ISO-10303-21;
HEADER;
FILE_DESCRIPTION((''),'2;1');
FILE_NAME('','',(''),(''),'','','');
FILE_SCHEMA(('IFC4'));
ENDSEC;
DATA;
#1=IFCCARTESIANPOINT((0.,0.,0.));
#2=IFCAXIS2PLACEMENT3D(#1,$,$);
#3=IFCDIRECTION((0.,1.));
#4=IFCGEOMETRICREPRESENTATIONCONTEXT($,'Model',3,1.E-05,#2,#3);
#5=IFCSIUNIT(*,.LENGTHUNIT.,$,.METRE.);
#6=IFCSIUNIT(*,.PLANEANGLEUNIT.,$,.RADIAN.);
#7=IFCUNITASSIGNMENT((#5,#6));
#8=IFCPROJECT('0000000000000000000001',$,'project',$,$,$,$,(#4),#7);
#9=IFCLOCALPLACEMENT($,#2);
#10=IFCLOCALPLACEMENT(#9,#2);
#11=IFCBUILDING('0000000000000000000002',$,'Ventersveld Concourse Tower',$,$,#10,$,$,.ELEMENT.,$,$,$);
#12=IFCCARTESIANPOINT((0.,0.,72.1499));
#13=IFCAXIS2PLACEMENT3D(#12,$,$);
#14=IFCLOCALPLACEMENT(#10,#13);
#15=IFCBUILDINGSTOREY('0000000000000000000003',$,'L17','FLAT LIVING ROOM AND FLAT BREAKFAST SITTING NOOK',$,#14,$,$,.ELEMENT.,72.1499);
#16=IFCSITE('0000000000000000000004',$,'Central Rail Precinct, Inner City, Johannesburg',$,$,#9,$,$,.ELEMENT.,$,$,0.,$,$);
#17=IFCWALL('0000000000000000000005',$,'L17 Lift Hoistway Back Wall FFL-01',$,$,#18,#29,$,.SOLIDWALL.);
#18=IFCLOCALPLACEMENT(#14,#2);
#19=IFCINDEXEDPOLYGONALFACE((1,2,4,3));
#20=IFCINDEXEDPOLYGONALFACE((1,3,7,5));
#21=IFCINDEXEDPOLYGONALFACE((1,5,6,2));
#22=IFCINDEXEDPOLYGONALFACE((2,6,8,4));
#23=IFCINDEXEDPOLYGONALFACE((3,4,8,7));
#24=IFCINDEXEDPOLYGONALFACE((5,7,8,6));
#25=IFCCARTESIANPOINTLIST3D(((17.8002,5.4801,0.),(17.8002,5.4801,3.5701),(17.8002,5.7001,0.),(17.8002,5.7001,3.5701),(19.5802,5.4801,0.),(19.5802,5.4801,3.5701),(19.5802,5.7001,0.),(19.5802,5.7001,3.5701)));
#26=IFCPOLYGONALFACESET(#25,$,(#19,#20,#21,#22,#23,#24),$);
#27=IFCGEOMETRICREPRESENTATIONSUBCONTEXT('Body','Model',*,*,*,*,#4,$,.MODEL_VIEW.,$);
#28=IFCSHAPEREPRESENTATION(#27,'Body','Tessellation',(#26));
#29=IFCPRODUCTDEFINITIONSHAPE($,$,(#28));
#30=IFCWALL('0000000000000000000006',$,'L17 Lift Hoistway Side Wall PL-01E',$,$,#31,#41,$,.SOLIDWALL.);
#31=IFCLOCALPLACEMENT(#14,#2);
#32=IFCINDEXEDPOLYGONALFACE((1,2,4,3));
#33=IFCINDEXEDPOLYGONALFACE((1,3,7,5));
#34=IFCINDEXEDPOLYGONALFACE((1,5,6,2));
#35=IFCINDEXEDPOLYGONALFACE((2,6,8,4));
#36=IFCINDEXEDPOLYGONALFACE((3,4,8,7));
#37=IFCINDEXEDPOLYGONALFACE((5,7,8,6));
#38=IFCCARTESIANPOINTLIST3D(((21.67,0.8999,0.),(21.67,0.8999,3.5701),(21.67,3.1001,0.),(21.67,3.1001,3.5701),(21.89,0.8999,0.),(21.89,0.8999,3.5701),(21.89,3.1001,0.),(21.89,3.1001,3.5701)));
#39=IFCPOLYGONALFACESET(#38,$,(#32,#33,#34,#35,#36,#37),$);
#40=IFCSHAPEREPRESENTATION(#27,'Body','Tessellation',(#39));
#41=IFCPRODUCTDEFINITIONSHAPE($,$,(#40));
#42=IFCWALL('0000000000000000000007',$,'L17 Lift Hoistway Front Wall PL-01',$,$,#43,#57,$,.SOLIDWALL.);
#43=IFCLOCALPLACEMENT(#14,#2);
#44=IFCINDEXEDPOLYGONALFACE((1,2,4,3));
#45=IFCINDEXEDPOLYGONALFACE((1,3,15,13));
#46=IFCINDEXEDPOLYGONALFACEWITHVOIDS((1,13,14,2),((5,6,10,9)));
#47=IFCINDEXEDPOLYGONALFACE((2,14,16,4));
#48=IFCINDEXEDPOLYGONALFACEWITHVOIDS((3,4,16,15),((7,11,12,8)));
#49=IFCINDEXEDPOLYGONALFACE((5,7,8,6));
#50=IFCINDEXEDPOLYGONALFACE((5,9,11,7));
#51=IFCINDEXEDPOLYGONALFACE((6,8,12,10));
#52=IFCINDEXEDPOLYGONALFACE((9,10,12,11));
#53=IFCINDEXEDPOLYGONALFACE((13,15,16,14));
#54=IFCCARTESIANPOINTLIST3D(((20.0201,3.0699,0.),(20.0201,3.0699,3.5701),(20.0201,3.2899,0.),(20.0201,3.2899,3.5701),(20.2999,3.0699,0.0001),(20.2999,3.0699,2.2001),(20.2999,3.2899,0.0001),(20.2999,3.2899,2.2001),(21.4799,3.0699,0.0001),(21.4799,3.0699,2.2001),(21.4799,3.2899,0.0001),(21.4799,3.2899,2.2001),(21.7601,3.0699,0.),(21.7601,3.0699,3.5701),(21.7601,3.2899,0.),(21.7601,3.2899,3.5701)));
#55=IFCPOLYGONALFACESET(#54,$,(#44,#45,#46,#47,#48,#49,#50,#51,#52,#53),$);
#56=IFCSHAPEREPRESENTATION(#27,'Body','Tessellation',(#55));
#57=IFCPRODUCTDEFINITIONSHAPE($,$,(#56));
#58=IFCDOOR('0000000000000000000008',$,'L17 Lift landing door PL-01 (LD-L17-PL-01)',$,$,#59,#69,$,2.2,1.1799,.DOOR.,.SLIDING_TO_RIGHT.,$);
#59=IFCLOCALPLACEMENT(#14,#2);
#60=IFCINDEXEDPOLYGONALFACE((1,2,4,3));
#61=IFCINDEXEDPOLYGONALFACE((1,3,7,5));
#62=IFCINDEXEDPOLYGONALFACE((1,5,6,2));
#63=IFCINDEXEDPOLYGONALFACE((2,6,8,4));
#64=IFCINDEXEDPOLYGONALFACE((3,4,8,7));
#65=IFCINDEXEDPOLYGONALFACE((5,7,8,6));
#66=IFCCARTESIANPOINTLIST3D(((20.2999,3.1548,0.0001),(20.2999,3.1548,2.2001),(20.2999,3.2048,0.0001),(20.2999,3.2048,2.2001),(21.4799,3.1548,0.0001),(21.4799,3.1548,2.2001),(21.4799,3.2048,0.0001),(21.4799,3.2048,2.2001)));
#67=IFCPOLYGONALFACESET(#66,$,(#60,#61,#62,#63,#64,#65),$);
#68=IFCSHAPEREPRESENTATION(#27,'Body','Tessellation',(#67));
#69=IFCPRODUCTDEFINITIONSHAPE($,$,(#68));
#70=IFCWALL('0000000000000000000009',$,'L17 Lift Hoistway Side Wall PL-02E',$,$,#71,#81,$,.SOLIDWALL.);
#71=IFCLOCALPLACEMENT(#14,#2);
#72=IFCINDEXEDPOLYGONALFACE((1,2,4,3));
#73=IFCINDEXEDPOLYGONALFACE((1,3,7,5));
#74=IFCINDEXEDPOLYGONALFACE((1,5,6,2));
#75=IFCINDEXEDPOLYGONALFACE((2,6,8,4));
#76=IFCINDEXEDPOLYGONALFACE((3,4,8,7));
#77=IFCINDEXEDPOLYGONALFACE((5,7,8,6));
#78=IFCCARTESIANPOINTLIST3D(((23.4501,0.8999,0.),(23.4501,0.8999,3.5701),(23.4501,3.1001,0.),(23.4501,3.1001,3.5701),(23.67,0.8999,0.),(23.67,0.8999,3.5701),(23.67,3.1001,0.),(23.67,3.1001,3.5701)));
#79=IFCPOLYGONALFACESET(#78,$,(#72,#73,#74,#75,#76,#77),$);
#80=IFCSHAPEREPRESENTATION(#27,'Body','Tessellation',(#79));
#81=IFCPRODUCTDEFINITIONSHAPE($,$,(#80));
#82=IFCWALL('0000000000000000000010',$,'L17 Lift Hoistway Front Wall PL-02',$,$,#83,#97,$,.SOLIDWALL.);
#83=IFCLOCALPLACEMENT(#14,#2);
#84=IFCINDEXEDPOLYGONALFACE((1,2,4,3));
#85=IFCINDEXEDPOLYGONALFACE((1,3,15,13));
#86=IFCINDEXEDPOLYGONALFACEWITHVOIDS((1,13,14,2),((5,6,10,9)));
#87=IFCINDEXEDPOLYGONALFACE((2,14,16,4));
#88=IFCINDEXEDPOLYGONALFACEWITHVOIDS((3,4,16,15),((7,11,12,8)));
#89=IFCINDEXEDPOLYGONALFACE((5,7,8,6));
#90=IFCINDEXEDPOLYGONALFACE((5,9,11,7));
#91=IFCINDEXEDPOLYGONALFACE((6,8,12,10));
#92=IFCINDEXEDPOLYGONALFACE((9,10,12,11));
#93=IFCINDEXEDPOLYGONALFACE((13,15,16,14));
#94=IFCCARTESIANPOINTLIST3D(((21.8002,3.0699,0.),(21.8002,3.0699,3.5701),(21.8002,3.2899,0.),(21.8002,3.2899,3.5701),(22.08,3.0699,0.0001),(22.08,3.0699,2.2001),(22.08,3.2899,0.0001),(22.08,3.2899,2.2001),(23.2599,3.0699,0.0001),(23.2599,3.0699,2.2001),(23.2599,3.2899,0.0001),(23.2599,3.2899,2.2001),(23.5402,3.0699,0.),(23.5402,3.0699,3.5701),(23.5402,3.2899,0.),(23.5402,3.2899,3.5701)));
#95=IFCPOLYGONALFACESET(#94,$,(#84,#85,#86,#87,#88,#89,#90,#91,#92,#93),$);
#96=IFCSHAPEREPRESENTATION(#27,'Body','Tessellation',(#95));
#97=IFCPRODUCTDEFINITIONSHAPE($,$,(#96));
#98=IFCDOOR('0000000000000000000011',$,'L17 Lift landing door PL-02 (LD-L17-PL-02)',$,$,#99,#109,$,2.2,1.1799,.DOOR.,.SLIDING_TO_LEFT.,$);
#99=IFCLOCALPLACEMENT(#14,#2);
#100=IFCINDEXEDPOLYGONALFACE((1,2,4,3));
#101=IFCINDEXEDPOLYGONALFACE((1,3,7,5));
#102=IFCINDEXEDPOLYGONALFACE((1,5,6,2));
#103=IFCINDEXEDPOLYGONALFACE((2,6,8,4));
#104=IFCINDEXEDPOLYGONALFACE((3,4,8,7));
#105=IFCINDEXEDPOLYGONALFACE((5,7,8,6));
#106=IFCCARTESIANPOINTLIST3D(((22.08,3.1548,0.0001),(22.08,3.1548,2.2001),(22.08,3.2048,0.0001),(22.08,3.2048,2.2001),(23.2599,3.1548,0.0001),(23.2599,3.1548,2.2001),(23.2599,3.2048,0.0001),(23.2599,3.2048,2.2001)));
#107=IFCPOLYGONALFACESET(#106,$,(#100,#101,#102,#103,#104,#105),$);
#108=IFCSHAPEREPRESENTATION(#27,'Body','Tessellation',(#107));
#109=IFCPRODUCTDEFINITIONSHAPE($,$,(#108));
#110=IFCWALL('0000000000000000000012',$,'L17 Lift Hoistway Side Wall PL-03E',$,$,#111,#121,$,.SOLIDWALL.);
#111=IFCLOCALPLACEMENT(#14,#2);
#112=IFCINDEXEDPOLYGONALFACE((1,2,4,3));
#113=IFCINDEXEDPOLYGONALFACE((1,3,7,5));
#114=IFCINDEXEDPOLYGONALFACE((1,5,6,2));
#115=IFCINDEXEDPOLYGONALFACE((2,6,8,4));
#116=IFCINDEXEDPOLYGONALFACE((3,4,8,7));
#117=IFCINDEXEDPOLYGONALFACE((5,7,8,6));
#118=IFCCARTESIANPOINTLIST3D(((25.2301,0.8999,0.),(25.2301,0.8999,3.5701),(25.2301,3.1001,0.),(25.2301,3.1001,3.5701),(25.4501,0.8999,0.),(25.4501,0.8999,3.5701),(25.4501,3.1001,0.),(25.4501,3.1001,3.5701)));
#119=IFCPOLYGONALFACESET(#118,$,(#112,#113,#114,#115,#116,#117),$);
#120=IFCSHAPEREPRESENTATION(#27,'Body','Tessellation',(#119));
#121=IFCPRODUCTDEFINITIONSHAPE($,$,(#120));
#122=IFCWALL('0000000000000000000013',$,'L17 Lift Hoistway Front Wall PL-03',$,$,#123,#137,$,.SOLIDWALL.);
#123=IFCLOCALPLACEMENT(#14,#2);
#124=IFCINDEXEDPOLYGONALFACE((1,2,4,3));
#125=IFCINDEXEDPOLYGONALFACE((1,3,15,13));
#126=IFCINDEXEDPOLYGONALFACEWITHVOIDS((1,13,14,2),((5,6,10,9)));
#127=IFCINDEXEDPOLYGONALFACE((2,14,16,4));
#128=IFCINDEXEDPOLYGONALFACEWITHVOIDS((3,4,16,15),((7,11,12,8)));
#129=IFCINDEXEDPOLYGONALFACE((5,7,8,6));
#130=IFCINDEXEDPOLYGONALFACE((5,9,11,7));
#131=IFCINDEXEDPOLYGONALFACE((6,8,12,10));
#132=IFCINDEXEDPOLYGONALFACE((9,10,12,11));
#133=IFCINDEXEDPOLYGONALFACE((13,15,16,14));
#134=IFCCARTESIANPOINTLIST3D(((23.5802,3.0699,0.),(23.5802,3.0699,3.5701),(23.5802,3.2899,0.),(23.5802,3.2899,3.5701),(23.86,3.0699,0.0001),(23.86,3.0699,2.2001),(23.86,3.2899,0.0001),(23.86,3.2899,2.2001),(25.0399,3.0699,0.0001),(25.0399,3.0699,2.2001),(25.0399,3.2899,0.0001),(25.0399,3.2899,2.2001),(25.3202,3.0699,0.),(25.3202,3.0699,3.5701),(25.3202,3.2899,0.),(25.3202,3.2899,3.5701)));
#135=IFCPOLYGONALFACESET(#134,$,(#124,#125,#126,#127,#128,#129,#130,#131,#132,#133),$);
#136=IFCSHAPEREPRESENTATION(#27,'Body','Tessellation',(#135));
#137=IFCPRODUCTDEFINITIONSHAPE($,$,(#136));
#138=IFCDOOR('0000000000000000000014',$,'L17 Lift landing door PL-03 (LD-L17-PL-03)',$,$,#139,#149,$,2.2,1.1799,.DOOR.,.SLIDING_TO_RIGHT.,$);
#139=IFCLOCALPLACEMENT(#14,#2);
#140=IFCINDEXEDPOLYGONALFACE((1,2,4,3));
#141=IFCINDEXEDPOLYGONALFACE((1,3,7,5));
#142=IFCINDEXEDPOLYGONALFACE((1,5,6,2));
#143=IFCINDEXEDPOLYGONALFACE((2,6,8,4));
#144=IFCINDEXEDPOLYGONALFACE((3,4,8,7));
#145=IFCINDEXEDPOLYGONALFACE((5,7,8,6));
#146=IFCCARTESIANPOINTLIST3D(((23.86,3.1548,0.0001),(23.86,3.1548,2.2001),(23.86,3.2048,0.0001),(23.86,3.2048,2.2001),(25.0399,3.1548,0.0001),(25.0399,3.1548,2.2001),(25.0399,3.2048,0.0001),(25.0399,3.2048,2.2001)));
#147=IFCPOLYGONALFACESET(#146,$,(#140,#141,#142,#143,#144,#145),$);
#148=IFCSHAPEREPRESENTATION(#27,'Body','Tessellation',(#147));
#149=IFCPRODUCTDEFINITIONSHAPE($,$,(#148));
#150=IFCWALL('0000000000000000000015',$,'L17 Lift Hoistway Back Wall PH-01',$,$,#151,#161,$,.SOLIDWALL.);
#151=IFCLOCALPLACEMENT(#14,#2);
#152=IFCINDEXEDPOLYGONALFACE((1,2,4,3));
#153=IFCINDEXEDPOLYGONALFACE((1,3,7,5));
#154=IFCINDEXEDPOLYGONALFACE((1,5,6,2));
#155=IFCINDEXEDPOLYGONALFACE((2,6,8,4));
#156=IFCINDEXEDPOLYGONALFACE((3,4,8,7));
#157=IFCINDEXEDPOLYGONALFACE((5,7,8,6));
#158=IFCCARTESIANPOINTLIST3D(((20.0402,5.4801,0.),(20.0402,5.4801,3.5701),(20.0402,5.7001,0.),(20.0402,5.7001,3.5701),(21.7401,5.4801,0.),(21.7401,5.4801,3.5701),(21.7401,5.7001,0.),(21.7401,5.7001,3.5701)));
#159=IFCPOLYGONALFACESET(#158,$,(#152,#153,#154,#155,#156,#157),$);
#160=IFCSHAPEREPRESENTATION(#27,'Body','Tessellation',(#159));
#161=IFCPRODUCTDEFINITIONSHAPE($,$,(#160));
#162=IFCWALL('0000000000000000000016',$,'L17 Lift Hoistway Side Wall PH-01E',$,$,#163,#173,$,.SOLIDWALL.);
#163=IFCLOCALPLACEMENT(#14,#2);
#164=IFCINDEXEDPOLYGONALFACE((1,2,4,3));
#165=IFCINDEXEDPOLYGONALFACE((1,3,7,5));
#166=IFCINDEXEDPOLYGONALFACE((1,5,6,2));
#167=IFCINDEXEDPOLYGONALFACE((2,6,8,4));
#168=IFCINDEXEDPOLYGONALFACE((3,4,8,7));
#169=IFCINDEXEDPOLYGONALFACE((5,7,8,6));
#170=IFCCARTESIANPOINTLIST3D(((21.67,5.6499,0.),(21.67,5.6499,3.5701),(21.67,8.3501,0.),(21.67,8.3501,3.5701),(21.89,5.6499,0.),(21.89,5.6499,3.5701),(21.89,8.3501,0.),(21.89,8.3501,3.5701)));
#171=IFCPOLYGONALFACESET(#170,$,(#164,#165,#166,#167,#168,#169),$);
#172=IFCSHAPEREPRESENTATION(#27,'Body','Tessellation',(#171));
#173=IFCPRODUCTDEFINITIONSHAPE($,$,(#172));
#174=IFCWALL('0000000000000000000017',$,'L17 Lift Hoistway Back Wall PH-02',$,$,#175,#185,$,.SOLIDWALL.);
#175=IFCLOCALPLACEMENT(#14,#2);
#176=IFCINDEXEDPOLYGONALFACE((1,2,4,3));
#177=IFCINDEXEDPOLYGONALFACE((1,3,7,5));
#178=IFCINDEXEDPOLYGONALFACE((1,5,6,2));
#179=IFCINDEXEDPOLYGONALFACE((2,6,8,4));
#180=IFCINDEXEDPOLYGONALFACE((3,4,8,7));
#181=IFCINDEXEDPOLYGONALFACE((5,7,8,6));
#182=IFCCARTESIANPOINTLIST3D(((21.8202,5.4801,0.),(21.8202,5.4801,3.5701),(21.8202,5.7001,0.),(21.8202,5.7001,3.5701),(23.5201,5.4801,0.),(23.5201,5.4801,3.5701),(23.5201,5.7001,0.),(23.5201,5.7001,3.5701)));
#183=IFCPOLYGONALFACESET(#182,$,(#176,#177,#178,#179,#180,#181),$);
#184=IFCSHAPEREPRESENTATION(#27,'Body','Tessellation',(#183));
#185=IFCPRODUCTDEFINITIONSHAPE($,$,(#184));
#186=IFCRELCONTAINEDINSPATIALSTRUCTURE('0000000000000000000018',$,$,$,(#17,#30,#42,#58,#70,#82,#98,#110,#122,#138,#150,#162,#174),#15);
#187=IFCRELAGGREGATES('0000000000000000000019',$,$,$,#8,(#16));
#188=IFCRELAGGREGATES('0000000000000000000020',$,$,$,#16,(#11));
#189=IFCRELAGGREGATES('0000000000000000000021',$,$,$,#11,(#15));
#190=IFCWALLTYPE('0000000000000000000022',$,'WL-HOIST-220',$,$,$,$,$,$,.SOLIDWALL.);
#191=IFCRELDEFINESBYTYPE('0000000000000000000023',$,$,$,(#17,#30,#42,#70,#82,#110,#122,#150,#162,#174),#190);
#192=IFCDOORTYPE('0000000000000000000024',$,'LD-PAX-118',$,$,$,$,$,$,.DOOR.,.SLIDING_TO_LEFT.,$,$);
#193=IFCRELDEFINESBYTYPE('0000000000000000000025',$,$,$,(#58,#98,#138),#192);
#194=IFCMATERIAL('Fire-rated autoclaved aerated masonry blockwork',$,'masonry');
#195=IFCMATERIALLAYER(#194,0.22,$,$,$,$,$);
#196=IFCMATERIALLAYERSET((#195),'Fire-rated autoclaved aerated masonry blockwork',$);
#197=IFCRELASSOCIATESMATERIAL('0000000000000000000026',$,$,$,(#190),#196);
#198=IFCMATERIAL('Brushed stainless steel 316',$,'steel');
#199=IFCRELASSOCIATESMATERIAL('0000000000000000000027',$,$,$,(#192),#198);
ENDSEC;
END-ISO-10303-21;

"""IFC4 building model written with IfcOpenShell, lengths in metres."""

from ifc_helpers import new_model, si_unit, direction, frame, frame_2d, origin, place, context, subcontext, project, spatial, rectangle, extrude, material, layer, layer_set, type_object, element, fill, save


model = new_model("IFC4")

# Units and contexts
model_context = context("Model", 3, precision=1e-05, world=origin(), true_north=direction((0.0, 1.0)))
body_context = subcontext(model_context, "Body", "Model", "MODEL_VIEW")
ifc_project = project(units=[si_unit("LENGTHUNIT", "METRE"), si_unit("PLANEANGLEUNIT", "RADIAN")], contexts=[model_context])

# Site, building, storey
site_placement = place(None, origin())
site = spatial("IfcSite", under=ifc_project, at=site_placement, Name="Central Rail Precinct, Inner City, Johannesburg", CompositionType="ELEMENT", RefElevation=0.0)
building_placement = place(site_placement, origin())
building = spatial("IfcBuilding", under=site, at=building_placement, Name="Ventersveld Concourse Tower", CompositionType="ELEMENT")
storey_placement = place(building_placement, frame((0.0, 0.0, 72.1499)))
storey = spatial("IfcBuildingStorey", under=building, at=storey_placement, Name="L17", Description="FLAT LIVING ROOM AND FLAT BREAKFAST SITTING NOOK", CompositionType="ELEMENT", Elevation=72.1499)

# Walls
ifc_material_1 = material(Name="Fire-rated autoclaved aerated masonry blockwork", Category="masonry")
ifc_layer_1 = layer(ifc_material_1, 0.22)
ifc_layer_set_1 = layer_set([ifc_layer_1], Name="Fire-rated autoclaved aerated masonry blockwork")
wall_type_1 = type_object("IfcWallType", Name="WL-HOIST-220", PredefinedType="SOLIDWALL", material=ifc_layer_set_1)
wall_1_placement = place(storey_placement, frame((17.8, 5.5901, 0.0), z_axis=(0.0, 0.0, 1.0), x_axis=(1.0, 0.0, 0.0)))
element("IfcWall", 1, at=wall_1_placement, inside=storey, type_object=wall_type_1, Name="L17 Lift Hoistway Back Wall FFL-01", PredefinedType="SOLIDWALL", context=body_context, shape_type="SweptSolid", body=[
    extrude(rectangle(XDim=1.78, YDim=0.22, at=frame_2d((0.8901, 0.0))), origin(), (0.0, 0.0, 1.0), 3.5701),
])
wall_2_placement = place(storey_placement, frame((21.78, 0.8999, 0.0), z_axis=(0.0, 0.0, 1.0), x_axis=(0.0, 1.0, 0.0)))
element("IfcWall", 2, at=wall_2_placement, inside=storey, type_object=wall_type_1, Name="L17 Lift Hoistway Side Wall PL-01E", PredefinedType="SOLIDWALL", context=body_context, shape_type="SweptSolid", body=[
    extrude(rectangle(XDim=2.2002, YDim=0.22, at=frame_2d((1.1001, 0.0))), origin(), (0.0, 0.0, 1.0), 3.5701),
])

# Wall, opening, door
wall_3_placement = place(storey_placement, frame((20.02, 3.1799, 0.0), z_axis=(0.0, 0.0, 1.0), x_axis=(1.0, 0.0, 0.0)))
wall_3 = element("IfcWall", 3, at=wall_3_placement, inside=storey, type_object=wall_type_1, Name="L17 Lift Hoistway Front Wall PL-01", PredefinedType="SOLIDWALL", context=body_context, shape_type="SweptSolid", body=[
    extrude(rectangle(XDim=1.74, YDim=0.22, at=frame_2d((0.8701, 0.0))), origin(), (0.0, 0.0, 1.0), 3.5701),
])
opening_1_placement = place(wall_3_placement, frame((0.28, 0.0, 0.0)))
opening_1 = element("IfcOpeningElement", 4, at=opening_1_placement, cuts=wall_3, PredefinedType="OPENING", context=body_context, shape_type="SweptSolid", body=[
    extrude(rectangle(XDim=1.1799, YDim=2.2, at=frame_2d((0.5898, 1.1001))), frame((0.0, 0.1201, 0.0), z_axis=(0.0, -1.0, 0.0), x_axis=(1.0, 0.0, 0.0)), (0.0, 0.0, 1.0), 0.24),
])
ifc_material_2 = material(Name="Brushed stainless steel 316", Category="steel")
door_type = type_object("IfcDoorType", Name="LD-PAX-118", OperationType="SLIDING_TO_LEFT", PredefinedType="DOOR", material=ifc_material_2)
door_1_placement = place(opening_1_placement, origin())
door_1 = element("IfcDoor", 5, at=door_1_placement, inside=storey, type_object=door_type, Name="L17 Lift landing door PL-01 (LD-L17-PL-01)", OperationType="SLIDING_TO_RIGHT", OverallHeight=2.2, OverallWidth=1.1799, PredefinedType="DOOR", context=body_context, shape_type="SweptSolid", body=[
    extrude(rectangle(XDim=1.1799, YDim=2.2, at=frame_2d((0.5898, 1.1001))), frame((0.0, 0.0249, 0.0), z_axis=(0.0, -1.0, 0.0), x_axis=(1.0, 0.0, 0.0)), (0.0, 0.0, 1.0), 0.05),
])
fill(opening_1, door_1)

# Wall
wall_4_placement = place(storey_placement, frame((23.5601, 0.8999, 0.0), z_axis=(0.0, 0.0, 1.0), x_axis=(0.0, 1.0, 0.0)))
element("IfcWall", 6, at=wall_4_placement, inside=storey, type_object=wall_type_1, Name="L17 Lift Hoistway Side Wall PL-02E", PredefinedType="SOLIDWALL", context=body_context, shape_type="SweptSolid", body=[
    extrude(rectangle(XDim=2.2002, YDim=0.22, at=frame_2d((1.1001, 0.0))), origin(), (0.0, 0.0, 1.0), 3.5701),
])

# Wall, opening, door
wall_5_placement = place(storey_placement, frame((21.8, 3.1799, 0.0), z_axis=(0.0, 0.0, 1.0), x_axis=(1.0, 0.0, 0.0)))
wall_5 = element("IfcWall", 7, at=wall_5_placement, inside=storey, type_object=wall_type_1, Name="L17 Lift Hoistway Front Wall PL-02", PredefinedType="SOLIDWALL", context=body_context, shape_type="SweptSolid", body=[
    extrude(rectangle(XDim=1.74, YDim=0.22, at=frame_2d((0.8701, 0.0))), origin(), (0.0, 0.0, 1.0), 3.5701),
])
opening_2_placement = place(wall_5_placement, frame((0.28, 0.0, 0.0)))
opening_2 = element("IfcOpeningElement", 8, at=opening_2_placement, cuts=wall_5, PredefinedType="OPENING", context=body_context, shape_type="SweptSolid", body=[
    extrude(rectangle(XDim=1.1799, YDim=2.2, at=frame_2d((0.5898, 1.1001))), frame((0.0, 0.1201, 0.0), z_axis=(0.0, -1.0, 0.0), x_axis=(1.0, 0.0, 0.0)), (0.0, 0.0, 1.0), 0.24),
])
door_2_placement = place(opening_2_placement, origin())
door_2 = element("IfcDoor", 9, at=door_2_placement, inside=storey, type_object=door_type, Name="L17 Lift landing door PL-02 (LD-L17-PL-02)", OperationType="SLIDING_TO_LEFT", OverallHeight=2.2, OverallWidth=1.1799, PredefinedType="DOOR", context=body_context, shape_type="SweptSolid", body=[
    extrude(rectangle(XDim=1.1799, YDim=2.2, at=frame_2d((0.5898, 1.1001))), frame((0.0, 0.0249, 0.0), z_axis=(0.0, -1.0, 0.0), x_axis=(1.0, 0.0, 0.0)), (0.0, 0.0, 1.0), 0.05),
])
fill(opening_2, door_2)

# Wall
wall_6_placement = place(storey_placement, frame((25.3401, 0.8999, 0.0), z_axis=(0.0, 0.0, 1.0), x_axis=(0.0, 1.0, 0.0)))
element("IfcWall", 10, at=wall_6_placement, inside=storey, type_object=wall_type_1, Name="L17 Lift Hoistway Side Wall PL-03E", PredefinedType="SOLIDWALL", context=body_context, shape_type="SweptSolid", body=[
    extrude(rectangle(XDim=2.2002, YDim=0.22, at=frame_2d((1.1001, 0.0))), origin(), (0.0, 0.0, 1.0), 3.5701),
])

# Wall, opening, door
wall_7_placement = place(storey_placement, frame((23.5801, 3.1799, 0.0), z_axis=(0.0, 0.0, 1.0), x_axis=(1.0, 0.0, 0.0)))
wall_7 = element("IfcWall", 11, at=wall_7_placement, inside=storey, type_object=wall_type_1, Name="L17 Lift Hoistway Front Wall PL-03", PredefinedType="SOLIDWALL", context=body_context, shape_type="SweptSolid", body=[
    extrude(rectangle(XDim=1.74, YDim=0.22, at=frame_2d((0.8701, 0.0))), origin(), (0.0, 0.0, 1.0), 3.5701),
])
opening_3_placement = place(wall_7_placement, frame((0.28, 0.0, 0.0)))
opening_3 = element("IfcOpeningElement", 12, at=opening_3_placement, cuts=wall_7, PredefinedType="OPENING", context=body_context, shape_type="SweptSolid", body=[
    extrude(rectangle(XDim=1.1799, YDim=2.2, at=frame_2d((0.5898, 1.1001))), frame((0.0, 0.1201, 0.0), z_axis=(0.0, -1.0, 0.0), x_axis=(1.0, 0.0, 0.0)), (0.0, 0.0, 1.0), 0.24),
])
door_3_placement = place(opening_3_placement, origin())
door_3 = element("IfcDoor", 13, at=door_3_placement, inside=storey, type_object=door_type, Name="L17 Lift landing door PL-03 (LD-L17-PL-03)", OperationType="SLIDING_TO_RIGHT", OverallHeight=2.2, OverallWidth=1.1799, PredefinedType="DOOR", context=body_context, shape_type="SweptSolid", body=[
    extrude(rectangle(XDim=1.1799, YDim=2.2, at=frame_2d((0.5898, 1.1001))), frame((0.0, 0.0249, 0.0), z_axis=(0.0, -1.0, 0.0), x_axis=(1.0, 0.0, 0.0)), (0.0, 0.0, 1.0), 0.05),
])
fill(opening_3, door_3)

# Walls
wall_8_placement = place(storey_placement, frame((20.04, 5.5901, 0.0), z_axis=(0.0, 0.0, 1.0), x_axis=(1.0, 0.0, 0.0)))
element("IfcWall", 14, at=wall_8_placement, inside=storey, type_object=wall_type_1, Name="L17 Lift Hoistway Back Wall PH-01", PredefinedType="SOLIDWALL", context=body_context, shape_type="SweptSolid", body=[
    extrude(rectangle(XDim=1.7, YDim=0.22, at=frame_2d((0.8501, 0.0))), origin(), (0.0, 0.0, 1.0), 3.5701),
])
wall_9_placement = place(storey_placement, frame((21.78, 5.6499, 0.0), z_axis=(0.0, 0.0, 1.0), x_axis=(0.0, 1.0, 0.0)))
element("IfcWall", 15, at=wall_9_placement, inside=storey, type_object=wall_type_1, Name="L17 Lift Hoistway Side Wall PH-01E", PredefinedType="SOLIDWALL", context=body_context, shape_type="SweptSolid", body=[
    extrude(rectangle(XDim=2.7002, YDim=0.22, at=frame_2d((1.3501, 0.0))), origin(), (0.0, 0.0, 1.0), 3.5701),
])
for number, where, z_axis, x_axis, name in (
    (16, (21.8201, 5.5901, 0.0), (0.0, 0.0, 1.0), (1.0, 0.0, 0.0), "L17 Lift Hoistway Back Wall PH-02"),
):
    element("IfcWall", number, at=place(storey_placement, frame(where, z_axis=z_axis, x_axis=x_axis)), inside=storey, type_object=wall_type_1, Name=name, PredefinedType="SOLIDWALL", context=body_context, shape_type="SweptSolid", body=[
        extrude(rectangle(XDim=1.7, YDim=0.22, at=frame_2d((0.8501, 0.0))), origin(), (0.0, 0.0, 1.0), 3.5701),
    ])

save(model, "model.ifc")
